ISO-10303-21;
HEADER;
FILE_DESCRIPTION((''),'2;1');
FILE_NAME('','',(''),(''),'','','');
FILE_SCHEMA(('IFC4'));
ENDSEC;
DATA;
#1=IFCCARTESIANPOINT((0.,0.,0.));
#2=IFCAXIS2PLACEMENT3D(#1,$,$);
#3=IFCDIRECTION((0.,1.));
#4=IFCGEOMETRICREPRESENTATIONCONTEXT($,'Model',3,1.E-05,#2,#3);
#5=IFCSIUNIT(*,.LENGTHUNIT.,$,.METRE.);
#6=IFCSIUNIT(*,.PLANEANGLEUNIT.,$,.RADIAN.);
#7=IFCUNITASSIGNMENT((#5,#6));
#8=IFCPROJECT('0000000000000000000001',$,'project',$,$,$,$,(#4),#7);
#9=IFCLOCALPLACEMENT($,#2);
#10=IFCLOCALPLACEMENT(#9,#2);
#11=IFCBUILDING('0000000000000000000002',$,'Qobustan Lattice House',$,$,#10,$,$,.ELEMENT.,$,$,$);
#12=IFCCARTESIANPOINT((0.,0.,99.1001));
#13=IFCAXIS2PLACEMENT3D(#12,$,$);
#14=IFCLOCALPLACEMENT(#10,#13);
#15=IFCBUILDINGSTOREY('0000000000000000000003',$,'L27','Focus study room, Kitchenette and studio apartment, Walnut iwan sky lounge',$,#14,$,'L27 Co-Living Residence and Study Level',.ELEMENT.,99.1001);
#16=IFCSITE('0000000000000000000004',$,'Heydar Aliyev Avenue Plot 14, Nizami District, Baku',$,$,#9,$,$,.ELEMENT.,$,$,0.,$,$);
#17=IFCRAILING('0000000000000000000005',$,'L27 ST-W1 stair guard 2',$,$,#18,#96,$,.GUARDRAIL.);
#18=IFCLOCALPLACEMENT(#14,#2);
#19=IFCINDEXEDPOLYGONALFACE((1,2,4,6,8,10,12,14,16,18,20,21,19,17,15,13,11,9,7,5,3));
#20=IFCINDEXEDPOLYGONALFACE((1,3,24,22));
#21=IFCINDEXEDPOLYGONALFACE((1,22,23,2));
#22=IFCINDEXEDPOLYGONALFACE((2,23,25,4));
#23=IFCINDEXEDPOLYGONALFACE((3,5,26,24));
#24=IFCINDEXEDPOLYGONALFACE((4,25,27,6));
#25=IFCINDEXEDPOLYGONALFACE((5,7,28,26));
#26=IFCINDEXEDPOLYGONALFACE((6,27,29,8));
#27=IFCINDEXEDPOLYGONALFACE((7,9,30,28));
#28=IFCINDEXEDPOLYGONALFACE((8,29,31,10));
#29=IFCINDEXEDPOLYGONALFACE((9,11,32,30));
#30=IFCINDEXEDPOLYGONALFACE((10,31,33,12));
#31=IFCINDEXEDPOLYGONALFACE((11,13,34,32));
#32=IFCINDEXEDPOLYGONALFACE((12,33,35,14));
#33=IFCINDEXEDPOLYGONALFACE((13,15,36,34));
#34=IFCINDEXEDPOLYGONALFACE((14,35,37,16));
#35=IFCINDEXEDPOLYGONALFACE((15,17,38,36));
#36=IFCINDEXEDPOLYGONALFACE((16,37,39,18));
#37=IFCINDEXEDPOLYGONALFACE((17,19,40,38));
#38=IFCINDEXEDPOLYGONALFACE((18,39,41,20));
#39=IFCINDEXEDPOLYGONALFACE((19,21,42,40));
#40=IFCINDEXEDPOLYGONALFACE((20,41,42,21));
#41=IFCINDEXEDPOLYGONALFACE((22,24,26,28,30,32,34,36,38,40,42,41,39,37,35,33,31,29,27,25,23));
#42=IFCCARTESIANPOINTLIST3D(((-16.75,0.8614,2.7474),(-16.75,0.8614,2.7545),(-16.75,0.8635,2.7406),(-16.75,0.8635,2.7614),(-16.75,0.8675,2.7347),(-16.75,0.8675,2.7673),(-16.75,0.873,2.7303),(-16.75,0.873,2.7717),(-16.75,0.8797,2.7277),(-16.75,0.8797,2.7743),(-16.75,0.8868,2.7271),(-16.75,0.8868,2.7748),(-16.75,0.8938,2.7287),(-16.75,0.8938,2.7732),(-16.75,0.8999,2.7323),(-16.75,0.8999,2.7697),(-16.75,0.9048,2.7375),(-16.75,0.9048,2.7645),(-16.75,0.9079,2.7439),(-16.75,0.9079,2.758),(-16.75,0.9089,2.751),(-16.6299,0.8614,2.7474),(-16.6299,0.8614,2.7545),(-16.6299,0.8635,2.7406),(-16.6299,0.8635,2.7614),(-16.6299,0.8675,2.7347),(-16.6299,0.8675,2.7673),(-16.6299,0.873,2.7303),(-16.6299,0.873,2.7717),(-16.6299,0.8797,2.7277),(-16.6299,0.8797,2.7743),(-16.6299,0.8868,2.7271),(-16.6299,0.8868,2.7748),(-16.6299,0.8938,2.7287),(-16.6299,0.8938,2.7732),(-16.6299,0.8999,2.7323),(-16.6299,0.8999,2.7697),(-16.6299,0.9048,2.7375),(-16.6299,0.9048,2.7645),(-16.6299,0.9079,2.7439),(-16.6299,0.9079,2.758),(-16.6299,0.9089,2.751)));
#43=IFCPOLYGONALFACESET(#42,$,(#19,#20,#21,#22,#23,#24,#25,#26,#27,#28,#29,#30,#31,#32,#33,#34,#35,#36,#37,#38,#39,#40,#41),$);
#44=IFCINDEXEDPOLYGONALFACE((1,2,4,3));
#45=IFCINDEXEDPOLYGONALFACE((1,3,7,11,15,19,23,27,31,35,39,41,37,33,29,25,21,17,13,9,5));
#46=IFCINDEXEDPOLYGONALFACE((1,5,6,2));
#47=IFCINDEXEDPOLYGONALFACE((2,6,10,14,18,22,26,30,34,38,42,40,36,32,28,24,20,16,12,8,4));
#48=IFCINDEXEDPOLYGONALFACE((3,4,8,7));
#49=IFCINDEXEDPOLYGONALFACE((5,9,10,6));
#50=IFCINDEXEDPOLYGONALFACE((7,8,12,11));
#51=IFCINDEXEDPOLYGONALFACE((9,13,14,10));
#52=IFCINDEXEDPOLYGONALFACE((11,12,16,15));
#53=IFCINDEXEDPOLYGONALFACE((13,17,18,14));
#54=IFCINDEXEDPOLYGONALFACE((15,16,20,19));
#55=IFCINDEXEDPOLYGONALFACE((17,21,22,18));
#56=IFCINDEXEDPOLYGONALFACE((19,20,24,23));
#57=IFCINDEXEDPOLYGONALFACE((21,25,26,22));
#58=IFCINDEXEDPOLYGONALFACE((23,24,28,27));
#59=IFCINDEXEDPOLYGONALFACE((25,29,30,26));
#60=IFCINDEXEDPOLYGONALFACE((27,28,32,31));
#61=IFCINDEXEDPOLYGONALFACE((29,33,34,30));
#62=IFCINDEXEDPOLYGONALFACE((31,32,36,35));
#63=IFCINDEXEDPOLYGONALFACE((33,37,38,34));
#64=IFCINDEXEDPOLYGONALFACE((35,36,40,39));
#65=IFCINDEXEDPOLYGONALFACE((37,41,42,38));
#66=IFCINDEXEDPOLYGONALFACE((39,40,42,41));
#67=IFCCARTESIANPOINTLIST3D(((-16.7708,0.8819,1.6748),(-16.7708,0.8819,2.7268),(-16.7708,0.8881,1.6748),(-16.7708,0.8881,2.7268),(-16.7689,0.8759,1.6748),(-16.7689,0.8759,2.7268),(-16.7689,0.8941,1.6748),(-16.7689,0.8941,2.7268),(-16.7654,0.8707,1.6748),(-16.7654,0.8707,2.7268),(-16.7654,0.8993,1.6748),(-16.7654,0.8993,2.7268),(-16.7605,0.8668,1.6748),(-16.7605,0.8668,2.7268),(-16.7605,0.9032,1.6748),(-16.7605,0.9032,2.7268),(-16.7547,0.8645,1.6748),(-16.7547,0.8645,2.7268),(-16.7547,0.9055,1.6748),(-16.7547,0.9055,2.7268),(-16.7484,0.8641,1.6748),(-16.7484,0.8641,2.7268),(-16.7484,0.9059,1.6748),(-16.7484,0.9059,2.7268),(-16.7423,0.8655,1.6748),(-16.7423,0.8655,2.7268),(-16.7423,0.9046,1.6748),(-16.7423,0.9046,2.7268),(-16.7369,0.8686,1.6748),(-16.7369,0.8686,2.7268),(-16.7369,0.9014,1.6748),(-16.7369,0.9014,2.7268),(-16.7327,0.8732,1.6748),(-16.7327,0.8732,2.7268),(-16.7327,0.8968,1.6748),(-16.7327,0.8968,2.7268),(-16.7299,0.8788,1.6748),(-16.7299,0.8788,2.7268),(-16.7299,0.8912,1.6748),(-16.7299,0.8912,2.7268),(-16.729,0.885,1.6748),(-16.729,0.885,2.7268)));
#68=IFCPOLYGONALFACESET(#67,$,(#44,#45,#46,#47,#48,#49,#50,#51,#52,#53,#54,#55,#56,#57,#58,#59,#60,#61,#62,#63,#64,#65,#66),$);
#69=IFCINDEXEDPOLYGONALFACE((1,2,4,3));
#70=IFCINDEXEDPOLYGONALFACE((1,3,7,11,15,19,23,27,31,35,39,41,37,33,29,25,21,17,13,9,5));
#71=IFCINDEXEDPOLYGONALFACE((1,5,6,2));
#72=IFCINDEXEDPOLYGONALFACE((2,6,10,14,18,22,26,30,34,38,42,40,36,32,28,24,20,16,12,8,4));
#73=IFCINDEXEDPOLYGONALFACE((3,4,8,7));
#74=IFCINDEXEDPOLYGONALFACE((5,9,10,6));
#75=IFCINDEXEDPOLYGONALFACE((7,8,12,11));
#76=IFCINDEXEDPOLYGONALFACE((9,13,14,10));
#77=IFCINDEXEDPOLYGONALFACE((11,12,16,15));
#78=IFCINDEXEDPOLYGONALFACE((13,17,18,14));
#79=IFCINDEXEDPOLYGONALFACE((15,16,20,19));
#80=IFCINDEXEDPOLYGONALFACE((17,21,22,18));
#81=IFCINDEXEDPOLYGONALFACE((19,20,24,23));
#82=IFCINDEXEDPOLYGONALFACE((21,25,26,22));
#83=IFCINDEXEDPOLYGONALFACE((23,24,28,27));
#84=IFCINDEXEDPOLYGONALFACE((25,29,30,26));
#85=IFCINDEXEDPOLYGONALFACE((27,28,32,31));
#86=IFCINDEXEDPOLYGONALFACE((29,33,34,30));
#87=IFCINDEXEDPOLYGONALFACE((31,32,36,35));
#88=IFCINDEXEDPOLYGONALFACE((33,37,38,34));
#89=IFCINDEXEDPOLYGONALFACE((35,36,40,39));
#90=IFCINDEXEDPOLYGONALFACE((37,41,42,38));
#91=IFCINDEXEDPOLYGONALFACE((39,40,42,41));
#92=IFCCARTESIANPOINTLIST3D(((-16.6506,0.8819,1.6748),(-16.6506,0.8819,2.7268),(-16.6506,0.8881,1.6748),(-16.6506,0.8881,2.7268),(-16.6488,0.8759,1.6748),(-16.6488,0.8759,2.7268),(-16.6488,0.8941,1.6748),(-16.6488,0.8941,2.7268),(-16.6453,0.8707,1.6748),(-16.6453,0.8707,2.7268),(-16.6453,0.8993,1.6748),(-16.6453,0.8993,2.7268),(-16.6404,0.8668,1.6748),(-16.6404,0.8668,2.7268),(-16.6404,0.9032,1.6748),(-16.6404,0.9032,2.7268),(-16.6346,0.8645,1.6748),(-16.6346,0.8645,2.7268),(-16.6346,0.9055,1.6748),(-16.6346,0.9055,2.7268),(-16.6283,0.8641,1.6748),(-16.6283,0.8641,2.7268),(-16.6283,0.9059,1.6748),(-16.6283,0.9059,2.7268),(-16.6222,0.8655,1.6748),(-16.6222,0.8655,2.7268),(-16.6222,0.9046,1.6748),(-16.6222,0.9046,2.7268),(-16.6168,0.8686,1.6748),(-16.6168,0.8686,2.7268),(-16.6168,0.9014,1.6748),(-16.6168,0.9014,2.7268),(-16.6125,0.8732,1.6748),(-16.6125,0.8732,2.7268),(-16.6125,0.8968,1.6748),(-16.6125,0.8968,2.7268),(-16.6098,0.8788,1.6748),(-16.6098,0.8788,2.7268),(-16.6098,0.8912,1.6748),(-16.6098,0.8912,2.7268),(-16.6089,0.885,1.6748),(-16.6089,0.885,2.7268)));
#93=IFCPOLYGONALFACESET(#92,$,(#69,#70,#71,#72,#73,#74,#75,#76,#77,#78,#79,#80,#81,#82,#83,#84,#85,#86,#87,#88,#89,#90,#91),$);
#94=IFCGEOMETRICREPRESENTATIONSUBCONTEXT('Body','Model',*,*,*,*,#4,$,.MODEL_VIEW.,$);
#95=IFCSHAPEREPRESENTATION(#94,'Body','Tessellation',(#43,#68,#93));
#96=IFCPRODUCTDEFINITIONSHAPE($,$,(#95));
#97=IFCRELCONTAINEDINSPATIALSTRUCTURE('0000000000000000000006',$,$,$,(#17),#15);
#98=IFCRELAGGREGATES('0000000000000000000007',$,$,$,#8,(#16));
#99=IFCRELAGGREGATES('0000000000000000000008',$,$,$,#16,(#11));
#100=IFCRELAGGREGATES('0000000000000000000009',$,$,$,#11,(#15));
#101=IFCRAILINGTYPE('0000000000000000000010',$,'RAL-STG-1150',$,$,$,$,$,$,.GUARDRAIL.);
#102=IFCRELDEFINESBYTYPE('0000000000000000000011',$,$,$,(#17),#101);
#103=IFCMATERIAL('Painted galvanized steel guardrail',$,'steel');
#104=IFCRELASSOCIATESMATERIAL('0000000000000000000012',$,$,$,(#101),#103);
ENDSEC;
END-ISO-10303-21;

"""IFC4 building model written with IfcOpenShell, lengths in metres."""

from ifc_helpers import new_model, si_unit, direction, frame, origin, origin_2d, place, context, subcontext, project, spatial, circle, extrude, material, type_object, element, save


model = new_model("IFC4")

# Units and contexts
model_context = context("Model", 3, precision=1e-05, world=origin(), true_north=direction((0.0, 1.0)))
body_context = subcontext(model_context, "Body", "Model", "MODEL_VIEW")
ifc_project = project(units=[si_unit("LENGTHUNIT", "METRE"), si_unit("PLANEANGLEUNIT", "RADIAN")], contexts=[model_context])

# Site, building, storey
site_placement = place(None, origin())
site = spatial("IfcSite", under=ifc_project, at=site_placement, Name="Heydar Aliyev Avenue Plot 14, Nizami District, Baku", CompositionType="ELEMENT", RefElevation=0.0)
building_placement = place(site_placement, origin())
building = spatial("IfcBuilding", under=site, at=building_placement, Name="Qobustan Lattice House", CompositionType="ELEMENT")
storey_placement = place(building_placement, frame((0.0, 0.0, 99.1001)))
storey = spatial("IfcBuildingStorey", under=building, at=storey_placement, Name="L27", Description="Focus study room, Kitchenette and studio apartment, Walnut iwan sky lounge", LongName="L27 Co-Living Residence and Study Level", CompositionType="ELEMENT", Elevation=99.1001)

# Railing
ifc_material_1 = material(Name="Painted galvanized steel guardrail", Category="steel")
railing_type_1 = type_object("IfcRailingType", Name="RAL-STG-1150", PredefinedType="GUARDRAIL", material=ifc_material_1)
railing_1_placement = place(storey_placement, frame((-16.75, 0.885, 1.6748)))
element("IfcRailing", 1, at=railing_1_placement, inside=storey, type_object=railing_type_1, Name="L27 ST-W1 stair guard 2", PredefinedType="GUARDRAIL", context=body_context, shape_type="SweptSolid", body=[
    extrude(circle(Radius=0.0239, at=origin_2d()), frame((0.0, 0.0, 1.0762), z_axis=(1.0, 0.0, 0.0), x_axis=(0.0, 1.0, 0.0)), (0.0, 0.0, 1.0), 0.1201),
    extrude(circle(Radius=0.021, at=origin_2d()), origin(), (0.0, 0.0, 1.0), 1.052),
    extrude(circle(Radius=0.021, at=origin_2d()), frame((0.1201, 0.0, 0.0)), (0.0, 0.0, 1.0), 1.052),
])

save(model, "model.ifc")
